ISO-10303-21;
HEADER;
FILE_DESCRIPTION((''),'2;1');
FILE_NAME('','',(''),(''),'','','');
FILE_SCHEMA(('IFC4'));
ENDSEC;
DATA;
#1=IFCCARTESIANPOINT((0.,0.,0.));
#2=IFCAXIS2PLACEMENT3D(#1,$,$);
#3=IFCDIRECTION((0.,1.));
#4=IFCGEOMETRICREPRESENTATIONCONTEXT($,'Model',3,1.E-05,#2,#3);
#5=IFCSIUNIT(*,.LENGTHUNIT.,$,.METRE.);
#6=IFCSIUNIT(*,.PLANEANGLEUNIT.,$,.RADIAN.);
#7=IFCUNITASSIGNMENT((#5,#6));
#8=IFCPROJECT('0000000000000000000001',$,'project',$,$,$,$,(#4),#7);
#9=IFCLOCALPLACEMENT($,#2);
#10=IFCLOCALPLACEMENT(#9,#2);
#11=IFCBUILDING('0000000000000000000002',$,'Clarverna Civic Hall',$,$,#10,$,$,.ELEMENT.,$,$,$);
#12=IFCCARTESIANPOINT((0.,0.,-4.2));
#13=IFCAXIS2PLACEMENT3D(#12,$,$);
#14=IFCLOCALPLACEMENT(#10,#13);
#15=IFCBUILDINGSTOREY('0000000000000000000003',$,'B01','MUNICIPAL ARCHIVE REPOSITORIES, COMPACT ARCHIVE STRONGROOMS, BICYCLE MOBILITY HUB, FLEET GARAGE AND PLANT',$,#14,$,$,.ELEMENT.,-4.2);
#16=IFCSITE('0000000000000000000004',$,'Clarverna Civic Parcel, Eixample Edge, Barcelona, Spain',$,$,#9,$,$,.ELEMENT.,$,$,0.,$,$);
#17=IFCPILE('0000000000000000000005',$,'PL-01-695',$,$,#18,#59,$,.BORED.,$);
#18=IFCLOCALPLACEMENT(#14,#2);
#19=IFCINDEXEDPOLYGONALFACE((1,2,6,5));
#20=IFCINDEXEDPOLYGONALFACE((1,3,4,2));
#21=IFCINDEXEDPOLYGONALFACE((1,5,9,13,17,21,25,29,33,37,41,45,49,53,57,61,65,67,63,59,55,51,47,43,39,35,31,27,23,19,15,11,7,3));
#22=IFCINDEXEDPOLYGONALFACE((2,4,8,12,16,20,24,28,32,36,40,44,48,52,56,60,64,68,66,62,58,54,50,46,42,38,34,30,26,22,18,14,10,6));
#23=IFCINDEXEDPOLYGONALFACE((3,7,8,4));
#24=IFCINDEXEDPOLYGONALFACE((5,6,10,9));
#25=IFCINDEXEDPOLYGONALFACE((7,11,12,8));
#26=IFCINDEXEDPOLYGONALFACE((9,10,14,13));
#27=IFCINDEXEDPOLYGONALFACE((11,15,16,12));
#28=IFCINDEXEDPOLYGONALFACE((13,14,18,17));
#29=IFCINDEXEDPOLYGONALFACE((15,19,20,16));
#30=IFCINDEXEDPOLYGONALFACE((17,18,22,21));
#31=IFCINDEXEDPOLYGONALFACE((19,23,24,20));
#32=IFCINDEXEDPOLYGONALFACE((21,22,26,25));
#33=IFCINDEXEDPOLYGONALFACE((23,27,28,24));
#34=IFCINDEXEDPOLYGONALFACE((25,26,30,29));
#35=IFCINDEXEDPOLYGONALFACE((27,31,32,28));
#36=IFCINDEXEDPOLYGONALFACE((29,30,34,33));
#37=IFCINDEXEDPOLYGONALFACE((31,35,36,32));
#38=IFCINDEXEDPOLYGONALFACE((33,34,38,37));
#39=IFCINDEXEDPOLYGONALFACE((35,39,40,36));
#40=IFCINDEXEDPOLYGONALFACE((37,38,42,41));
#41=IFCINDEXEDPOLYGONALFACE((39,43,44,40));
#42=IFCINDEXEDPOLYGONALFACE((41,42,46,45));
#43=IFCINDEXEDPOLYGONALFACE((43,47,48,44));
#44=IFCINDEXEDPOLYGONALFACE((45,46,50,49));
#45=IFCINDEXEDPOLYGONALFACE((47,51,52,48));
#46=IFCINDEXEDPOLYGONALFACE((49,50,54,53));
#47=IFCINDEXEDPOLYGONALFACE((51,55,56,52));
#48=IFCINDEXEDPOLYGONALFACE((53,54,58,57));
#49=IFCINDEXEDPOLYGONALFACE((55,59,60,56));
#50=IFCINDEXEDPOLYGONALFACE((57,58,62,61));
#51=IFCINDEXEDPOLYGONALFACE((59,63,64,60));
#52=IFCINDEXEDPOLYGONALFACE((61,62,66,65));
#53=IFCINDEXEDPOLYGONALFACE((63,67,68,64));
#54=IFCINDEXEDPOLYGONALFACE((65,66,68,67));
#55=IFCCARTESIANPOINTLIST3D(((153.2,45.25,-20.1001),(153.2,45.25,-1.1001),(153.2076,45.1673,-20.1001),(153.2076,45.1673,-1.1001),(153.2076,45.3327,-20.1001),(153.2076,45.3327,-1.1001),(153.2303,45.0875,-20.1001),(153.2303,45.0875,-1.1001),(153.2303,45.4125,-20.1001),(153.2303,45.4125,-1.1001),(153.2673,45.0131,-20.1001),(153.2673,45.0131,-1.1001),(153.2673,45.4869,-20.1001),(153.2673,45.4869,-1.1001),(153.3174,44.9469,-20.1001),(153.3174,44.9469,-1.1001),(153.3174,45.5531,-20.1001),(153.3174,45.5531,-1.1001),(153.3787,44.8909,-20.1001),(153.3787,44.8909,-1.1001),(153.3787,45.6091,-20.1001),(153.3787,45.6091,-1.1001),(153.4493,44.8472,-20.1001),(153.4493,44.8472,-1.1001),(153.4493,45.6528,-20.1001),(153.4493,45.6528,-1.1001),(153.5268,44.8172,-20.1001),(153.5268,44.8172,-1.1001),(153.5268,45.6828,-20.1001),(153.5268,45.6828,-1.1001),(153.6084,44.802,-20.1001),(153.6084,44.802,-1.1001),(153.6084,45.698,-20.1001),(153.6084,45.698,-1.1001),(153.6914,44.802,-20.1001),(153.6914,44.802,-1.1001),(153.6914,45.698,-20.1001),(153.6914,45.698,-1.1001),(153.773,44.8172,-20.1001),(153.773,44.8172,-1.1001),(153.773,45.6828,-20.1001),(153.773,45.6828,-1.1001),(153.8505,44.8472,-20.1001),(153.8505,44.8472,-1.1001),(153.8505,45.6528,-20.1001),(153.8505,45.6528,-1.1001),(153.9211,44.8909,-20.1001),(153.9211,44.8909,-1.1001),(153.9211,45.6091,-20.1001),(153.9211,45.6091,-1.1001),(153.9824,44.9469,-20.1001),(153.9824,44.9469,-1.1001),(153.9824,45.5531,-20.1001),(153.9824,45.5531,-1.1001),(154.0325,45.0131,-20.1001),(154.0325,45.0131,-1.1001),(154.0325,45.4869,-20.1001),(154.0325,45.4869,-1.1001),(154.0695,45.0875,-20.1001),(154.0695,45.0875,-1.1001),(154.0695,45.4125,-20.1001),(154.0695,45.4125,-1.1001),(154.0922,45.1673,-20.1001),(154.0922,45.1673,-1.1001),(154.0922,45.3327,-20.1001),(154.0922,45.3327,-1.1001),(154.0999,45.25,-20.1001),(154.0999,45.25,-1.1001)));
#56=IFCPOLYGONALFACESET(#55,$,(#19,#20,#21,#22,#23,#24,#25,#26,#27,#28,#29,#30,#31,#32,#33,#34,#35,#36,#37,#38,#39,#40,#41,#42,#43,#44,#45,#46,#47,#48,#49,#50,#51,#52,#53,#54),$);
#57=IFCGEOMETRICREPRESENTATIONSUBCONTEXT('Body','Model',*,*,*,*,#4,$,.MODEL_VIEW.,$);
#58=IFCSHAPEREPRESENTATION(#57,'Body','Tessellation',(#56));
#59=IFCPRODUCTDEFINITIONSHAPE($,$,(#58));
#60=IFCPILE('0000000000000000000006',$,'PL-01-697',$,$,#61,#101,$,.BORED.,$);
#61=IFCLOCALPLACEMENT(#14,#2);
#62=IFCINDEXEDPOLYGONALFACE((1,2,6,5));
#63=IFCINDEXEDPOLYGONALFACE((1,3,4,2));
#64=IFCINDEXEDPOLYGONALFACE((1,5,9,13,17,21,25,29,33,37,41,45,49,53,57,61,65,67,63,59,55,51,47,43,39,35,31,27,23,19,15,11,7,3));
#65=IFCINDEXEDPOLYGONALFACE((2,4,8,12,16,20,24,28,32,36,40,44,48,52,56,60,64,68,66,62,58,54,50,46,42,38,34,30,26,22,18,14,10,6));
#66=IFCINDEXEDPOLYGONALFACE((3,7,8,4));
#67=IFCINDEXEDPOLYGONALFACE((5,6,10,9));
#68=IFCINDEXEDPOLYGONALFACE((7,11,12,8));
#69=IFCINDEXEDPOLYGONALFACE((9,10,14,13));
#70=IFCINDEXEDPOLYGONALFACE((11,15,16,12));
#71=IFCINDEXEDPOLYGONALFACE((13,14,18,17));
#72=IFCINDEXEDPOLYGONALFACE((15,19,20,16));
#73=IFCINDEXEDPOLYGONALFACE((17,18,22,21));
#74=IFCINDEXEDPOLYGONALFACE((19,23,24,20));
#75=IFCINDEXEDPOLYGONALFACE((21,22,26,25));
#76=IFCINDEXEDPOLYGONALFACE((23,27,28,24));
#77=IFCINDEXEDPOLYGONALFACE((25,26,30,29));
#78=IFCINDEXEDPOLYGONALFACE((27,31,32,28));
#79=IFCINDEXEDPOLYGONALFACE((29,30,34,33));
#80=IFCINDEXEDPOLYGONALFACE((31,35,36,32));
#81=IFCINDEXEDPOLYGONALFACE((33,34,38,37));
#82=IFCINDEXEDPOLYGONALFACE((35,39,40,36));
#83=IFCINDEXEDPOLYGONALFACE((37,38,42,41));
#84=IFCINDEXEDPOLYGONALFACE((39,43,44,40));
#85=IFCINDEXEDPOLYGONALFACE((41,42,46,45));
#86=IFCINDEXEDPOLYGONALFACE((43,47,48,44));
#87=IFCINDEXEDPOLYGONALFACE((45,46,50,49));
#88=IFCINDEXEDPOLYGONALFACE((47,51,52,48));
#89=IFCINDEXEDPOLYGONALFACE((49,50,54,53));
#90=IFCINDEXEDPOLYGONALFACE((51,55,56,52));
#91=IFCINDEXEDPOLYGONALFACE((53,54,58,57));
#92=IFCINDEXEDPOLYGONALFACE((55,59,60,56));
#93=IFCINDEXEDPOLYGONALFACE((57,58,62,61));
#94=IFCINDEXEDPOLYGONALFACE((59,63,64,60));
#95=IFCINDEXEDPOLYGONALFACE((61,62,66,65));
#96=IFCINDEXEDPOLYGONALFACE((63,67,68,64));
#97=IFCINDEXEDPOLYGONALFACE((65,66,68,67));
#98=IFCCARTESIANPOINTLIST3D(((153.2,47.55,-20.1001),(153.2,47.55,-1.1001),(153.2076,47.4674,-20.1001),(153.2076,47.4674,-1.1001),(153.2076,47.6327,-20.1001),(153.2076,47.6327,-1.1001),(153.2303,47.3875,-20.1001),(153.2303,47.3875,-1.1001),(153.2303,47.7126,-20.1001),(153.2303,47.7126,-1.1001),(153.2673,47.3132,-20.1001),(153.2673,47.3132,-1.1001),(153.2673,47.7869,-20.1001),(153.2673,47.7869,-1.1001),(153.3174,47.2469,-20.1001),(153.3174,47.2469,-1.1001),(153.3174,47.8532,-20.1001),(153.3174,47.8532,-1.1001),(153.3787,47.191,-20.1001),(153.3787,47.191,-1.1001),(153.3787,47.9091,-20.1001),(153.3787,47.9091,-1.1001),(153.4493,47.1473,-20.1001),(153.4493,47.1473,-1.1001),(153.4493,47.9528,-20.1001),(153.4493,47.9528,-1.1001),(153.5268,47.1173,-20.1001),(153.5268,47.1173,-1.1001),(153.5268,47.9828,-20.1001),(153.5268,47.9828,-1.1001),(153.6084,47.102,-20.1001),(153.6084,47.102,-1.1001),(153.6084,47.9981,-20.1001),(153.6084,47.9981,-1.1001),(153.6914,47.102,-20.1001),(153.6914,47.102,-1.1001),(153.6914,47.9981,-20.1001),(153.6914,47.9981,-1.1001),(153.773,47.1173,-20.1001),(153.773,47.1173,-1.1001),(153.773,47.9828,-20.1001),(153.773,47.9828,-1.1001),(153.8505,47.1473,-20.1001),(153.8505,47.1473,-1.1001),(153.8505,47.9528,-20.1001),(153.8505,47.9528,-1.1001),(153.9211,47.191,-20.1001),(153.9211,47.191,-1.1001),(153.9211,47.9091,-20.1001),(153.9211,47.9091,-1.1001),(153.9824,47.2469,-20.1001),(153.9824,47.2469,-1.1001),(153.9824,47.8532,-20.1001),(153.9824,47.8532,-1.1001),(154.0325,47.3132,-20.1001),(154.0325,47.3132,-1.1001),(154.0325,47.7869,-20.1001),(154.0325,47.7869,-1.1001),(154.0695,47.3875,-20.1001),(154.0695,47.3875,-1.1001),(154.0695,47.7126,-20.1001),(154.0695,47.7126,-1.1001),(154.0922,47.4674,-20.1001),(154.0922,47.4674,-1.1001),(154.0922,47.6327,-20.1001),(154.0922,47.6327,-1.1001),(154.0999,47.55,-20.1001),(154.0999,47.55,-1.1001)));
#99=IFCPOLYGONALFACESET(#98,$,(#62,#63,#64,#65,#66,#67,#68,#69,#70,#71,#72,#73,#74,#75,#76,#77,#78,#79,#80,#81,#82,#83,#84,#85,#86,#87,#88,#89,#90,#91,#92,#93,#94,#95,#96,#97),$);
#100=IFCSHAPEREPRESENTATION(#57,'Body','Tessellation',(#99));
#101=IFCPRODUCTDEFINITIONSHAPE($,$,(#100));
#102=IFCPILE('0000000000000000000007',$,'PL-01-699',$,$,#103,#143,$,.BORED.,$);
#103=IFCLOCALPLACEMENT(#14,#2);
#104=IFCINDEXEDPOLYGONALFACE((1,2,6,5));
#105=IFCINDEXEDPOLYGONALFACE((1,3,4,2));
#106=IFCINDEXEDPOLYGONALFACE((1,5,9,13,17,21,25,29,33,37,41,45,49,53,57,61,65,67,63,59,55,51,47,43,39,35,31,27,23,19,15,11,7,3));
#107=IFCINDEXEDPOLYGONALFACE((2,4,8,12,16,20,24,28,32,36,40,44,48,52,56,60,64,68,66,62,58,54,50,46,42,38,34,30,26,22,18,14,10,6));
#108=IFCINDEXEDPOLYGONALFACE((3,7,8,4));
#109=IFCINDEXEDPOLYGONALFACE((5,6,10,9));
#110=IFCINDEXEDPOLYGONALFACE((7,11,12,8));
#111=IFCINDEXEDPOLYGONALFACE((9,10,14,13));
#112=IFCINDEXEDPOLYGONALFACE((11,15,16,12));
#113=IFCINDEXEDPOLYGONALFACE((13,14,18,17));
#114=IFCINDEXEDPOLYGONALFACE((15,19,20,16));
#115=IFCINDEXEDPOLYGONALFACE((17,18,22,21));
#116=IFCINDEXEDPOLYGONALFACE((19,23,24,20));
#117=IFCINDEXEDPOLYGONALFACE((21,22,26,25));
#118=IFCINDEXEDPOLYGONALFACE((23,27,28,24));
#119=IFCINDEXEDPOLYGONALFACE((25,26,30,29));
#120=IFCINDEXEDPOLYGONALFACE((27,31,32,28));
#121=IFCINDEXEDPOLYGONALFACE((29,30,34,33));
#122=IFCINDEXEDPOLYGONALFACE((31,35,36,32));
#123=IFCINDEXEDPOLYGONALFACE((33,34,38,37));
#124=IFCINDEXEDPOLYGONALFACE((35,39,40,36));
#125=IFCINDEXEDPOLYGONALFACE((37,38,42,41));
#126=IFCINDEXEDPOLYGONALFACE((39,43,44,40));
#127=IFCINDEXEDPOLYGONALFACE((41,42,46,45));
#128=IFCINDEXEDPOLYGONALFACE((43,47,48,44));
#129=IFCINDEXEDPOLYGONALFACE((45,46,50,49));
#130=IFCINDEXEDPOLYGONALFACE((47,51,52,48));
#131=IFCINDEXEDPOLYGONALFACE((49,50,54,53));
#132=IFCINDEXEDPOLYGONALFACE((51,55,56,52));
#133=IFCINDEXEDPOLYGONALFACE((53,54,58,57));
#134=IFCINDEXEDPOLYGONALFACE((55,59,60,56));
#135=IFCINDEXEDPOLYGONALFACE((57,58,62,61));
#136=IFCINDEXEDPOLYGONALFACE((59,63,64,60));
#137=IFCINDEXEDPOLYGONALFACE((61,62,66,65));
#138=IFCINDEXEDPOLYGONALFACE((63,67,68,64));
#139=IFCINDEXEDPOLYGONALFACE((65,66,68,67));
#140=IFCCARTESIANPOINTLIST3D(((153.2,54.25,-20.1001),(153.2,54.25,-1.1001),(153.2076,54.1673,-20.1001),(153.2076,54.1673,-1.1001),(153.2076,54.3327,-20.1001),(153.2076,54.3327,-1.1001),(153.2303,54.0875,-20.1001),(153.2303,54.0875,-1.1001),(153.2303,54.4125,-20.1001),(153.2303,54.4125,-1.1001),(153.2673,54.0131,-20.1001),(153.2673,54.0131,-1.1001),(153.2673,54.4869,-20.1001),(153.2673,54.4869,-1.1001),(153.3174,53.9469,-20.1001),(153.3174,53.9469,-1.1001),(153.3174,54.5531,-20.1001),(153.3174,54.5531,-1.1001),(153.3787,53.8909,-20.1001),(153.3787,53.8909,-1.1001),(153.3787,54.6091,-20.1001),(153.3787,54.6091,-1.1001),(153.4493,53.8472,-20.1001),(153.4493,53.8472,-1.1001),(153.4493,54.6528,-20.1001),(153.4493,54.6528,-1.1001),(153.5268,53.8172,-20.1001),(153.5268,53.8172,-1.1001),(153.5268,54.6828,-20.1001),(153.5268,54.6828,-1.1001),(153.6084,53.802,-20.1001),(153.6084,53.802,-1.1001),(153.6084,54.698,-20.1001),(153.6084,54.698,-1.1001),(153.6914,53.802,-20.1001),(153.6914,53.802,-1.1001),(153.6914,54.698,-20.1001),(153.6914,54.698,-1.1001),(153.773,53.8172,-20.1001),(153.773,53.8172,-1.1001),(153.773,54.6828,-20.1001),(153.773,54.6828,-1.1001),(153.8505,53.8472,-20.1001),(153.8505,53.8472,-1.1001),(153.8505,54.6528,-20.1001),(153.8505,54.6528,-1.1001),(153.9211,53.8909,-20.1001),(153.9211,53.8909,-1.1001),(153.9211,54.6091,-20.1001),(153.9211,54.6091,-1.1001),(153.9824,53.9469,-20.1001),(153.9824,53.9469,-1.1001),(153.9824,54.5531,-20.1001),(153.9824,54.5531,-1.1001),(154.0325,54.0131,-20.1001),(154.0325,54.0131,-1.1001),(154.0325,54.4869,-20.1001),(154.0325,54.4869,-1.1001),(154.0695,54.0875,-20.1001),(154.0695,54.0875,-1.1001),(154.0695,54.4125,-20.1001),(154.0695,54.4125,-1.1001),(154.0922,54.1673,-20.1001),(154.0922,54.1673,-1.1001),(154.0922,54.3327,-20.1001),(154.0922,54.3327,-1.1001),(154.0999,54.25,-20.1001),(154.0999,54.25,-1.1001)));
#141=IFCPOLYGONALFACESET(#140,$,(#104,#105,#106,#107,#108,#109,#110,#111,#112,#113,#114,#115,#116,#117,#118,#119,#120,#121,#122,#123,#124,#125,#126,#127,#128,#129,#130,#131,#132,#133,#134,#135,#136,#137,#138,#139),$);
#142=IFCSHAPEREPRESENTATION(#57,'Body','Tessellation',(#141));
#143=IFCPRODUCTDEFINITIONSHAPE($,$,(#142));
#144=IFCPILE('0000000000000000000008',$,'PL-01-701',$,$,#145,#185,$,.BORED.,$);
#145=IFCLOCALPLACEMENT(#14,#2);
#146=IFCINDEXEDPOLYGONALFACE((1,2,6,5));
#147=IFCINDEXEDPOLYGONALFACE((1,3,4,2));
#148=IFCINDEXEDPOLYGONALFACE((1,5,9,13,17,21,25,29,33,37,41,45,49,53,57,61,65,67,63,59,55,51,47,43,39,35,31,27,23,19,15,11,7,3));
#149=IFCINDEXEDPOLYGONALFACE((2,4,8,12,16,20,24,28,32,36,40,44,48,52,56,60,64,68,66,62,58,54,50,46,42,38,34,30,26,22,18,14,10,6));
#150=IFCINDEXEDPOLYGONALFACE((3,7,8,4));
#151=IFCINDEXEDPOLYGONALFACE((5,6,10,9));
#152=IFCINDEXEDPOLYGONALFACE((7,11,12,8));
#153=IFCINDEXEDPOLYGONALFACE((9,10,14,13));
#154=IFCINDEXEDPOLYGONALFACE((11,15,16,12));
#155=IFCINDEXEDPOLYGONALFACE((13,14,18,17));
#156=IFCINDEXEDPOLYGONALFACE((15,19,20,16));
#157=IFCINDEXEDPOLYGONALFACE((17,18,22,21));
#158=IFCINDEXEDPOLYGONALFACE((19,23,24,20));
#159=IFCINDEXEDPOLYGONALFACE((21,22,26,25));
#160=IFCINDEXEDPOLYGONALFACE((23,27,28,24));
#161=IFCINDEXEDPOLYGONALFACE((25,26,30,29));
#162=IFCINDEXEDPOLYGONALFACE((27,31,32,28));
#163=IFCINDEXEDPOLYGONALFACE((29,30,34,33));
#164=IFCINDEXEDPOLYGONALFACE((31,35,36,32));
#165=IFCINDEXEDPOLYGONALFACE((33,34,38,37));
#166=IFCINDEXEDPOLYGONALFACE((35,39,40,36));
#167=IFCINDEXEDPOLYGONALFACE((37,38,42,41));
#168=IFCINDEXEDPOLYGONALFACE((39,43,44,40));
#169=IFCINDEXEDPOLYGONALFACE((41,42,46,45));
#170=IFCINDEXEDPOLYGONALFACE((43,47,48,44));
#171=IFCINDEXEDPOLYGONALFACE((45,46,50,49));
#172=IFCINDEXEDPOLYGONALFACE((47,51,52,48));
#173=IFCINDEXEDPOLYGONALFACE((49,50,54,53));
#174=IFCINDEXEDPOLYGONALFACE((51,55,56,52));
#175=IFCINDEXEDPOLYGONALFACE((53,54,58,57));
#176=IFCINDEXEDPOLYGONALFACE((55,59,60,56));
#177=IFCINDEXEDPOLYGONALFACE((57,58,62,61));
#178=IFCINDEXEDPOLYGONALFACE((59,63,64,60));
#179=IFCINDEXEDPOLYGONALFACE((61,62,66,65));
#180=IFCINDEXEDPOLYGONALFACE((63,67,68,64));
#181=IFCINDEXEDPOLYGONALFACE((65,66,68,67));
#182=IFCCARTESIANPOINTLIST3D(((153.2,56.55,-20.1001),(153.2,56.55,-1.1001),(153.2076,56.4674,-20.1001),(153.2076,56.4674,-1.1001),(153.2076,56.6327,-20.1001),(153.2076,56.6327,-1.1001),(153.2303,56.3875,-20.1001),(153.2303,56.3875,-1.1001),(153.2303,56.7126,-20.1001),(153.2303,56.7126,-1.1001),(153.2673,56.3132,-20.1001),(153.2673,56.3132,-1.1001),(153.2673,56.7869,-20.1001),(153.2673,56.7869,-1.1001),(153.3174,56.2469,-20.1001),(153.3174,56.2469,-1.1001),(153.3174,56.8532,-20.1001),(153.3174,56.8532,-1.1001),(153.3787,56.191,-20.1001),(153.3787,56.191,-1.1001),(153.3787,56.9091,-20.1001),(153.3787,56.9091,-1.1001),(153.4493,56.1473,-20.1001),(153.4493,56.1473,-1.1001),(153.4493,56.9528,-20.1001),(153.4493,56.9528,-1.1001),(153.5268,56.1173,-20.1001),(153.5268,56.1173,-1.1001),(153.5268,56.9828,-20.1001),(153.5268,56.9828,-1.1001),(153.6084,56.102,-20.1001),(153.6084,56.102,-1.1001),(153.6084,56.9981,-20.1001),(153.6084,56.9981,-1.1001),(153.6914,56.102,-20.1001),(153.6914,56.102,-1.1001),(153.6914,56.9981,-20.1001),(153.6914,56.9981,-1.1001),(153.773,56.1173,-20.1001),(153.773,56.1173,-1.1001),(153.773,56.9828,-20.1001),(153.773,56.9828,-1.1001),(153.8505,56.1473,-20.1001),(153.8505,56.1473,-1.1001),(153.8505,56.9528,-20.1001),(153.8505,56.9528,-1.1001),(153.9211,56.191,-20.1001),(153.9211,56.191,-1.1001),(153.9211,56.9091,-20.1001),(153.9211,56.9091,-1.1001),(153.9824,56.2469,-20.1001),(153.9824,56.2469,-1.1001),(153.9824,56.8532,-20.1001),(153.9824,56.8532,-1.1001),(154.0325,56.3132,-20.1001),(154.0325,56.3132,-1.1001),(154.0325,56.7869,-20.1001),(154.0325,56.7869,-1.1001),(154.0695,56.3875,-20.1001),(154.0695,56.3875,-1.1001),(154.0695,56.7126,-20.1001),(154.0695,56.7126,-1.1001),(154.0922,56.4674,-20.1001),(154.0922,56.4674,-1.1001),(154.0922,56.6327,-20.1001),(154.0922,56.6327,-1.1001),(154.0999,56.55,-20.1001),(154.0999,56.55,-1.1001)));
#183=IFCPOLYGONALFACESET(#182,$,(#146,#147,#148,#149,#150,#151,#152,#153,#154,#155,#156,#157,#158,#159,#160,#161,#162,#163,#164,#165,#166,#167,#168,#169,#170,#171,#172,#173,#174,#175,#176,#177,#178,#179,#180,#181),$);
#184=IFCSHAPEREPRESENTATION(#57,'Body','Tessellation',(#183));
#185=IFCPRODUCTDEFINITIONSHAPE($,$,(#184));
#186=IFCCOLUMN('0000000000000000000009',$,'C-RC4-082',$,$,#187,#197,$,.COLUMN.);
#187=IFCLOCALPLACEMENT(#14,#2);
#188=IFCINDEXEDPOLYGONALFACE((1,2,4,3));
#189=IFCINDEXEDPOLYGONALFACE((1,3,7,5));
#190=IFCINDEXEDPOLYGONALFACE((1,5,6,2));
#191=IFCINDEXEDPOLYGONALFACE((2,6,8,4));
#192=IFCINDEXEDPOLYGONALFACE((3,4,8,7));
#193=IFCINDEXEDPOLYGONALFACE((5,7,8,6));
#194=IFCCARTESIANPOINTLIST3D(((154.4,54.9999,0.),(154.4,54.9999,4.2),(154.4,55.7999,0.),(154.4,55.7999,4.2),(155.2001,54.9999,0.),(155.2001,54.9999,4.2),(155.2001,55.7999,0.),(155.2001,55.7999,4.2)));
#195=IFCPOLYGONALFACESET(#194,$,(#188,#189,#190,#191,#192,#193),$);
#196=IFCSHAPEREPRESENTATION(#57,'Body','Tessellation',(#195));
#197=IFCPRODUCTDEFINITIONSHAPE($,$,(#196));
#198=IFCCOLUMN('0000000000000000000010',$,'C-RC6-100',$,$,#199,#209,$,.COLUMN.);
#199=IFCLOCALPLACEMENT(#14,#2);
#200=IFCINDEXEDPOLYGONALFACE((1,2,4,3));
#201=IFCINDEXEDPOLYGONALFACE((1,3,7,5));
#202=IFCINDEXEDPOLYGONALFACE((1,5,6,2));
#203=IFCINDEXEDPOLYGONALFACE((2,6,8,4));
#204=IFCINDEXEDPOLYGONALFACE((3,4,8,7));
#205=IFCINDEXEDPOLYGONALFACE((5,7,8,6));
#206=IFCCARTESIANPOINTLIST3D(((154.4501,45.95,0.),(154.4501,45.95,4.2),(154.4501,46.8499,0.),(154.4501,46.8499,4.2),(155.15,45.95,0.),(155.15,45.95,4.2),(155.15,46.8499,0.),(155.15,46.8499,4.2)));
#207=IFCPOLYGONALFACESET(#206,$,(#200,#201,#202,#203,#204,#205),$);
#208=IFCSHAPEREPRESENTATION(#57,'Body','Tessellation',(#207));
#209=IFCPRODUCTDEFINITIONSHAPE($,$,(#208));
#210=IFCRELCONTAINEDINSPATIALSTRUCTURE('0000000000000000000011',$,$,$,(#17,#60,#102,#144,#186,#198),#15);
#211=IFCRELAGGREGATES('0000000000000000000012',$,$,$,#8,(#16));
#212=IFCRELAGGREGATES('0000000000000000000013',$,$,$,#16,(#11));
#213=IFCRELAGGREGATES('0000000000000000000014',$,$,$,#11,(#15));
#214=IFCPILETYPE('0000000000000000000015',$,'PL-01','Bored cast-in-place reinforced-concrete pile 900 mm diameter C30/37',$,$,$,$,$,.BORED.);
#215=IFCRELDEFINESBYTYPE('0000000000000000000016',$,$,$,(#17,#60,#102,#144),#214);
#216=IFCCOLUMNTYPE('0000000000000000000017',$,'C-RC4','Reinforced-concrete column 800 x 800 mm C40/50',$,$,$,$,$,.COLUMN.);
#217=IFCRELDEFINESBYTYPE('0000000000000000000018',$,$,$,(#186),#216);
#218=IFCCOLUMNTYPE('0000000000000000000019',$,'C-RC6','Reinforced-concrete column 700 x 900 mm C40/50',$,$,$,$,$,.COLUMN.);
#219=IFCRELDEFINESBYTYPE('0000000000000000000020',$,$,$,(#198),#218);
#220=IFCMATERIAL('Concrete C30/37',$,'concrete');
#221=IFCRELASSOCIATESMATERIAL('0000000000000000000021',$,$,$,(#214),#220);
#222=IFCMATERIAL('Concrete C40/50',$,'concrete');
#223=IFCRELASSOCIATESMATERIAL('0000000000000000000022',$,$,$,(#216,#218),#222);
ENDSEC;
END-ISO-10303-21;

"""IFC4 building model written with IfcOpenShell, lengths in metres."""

from ifc_helpers import new_model, si_unit, direction, frame, origin, origin_2d, place, context, subcontext, project, spatial, rectangle, circle, extrude, material, material_profile, profile_set, type_object, element, save


model = new_model("IFC4")

# Units and contexts
model_context = context("Model", 3, precision=1e-05, world=origin(), true_north=direction((0.0, 1.0)))
body_context = subcontext(model_context, "Body", "Model", "MODEL_VIEW")
ifc_project = project(units=[si_unit("LENGTHUNIT", "METRE"), si_unit("PLANEANGLEUNIT", "RADIAN")], contexts=[model_context])

# Site, building, storey
site_placement = place(None, origin())
site = spatial("IfcSite", under=ifc_project, at=site_placement, Name="Clarverna Civic Parcel, Eixample Edge, Barcelona, Spain", CompositionType="ELEMENT", RefElevation=0.0)
building_placement = place(site_placement, origin())
building = spatial("IfcBuilding", under=site, at=building_placement, Name="Clarverna Civic Hall", CompositionType="ELEMENT")
storey_placement = place(building_placement, frame((0.0, 0.0, -4.2)))
storey = spatial("IfcBuildingStorey", under=building, at=storey_placement, Name="B01", Description="MUNICIPAL ARCHIVE REPOSITORIES, COMPACT ARCHIVE STRONGROOMS, BICYCLE MOBILITY HUB, FLEET GARAGE AND PLANT", CompositionType="ELEMENT", Elevation=-4.2)

# Shared definitions
ifc_material_1 = material(Name="Concrete C30/37", Category="concrete")

# Piles
ifc_material_profile_1 = material_profile(ifc_material_1, circle(Radius=0.45, at=origin_2d()), Name="BORED PILE D900")
ifc_profile_set_1 = profile_set([ifc_material_profile_1], Name="Concrete C30/37")
pile_type = type_object("IfcPileType", Name="PL-01", Description="Bored cast-in-place reinforced-concrete pile 900 mm diameter C30/37", PredefinedType="BORED", material=ifc_profile_set_1)
for number, where, z_axis, x_axis, name in (
    (1, (153.6499, 45.25, -1.1001), (0.0, 0.0, -1.0), (1.0, 0.0, 0.0), "PL-01-695"),
    (2, (153.6499, 47.55, -1.1001), (0.0, 0.0, -1.0), (1.0, 0.0, 0.0), "PL-01-697"),
    (3, (153.6499, 54.25, -1.1001), (0.0, 0.0, -1.0), (1.0, 0.0, 0.0), "PL-01-699"),
    (4, (153.6499, 56.55, -1.1001), (0.0, 0.0, -1.0), (1.0, 0.0, 0.0), "PL-01-701"),
):
    element("IfcPile", number, at=place(storey_placement, frame(where, z_axis=z_axis, x_axis=x_axis)), inside=storey, type_object=pile_type, Name=name, PredefinedType="BORED", context=body_context, shape_type="SweptSolid", body=[
        extrude(circle(Radius=0.45, at=origin_2d()), origin(), (0.0, 0.0, 1.0), 19.0),
    ])

# Columns
ifc_material_2 = material(Name="Concrete C40/50", Category="concrete")
ifc_material_profile_2 = material_profile(ifc_material_2, rectangle(XDim=0.8, YDim=0.8, at=origin_2d()), Name="RC 800x800")
ifc_profile_set_2 = profile_set([ifc_material_profile_2], Name="Concrete C40/50")
column_type_1 = type_object("IfcColumnType", Name="C-RC4", Description="Reinforced-concrete column 800 x 800 mm C40/50", PredefinedType="COLUMN", material=ifc_profile_set_2)
column_1_placement = place(storey_placement, frame((154.8, 55.3999, 0.0), z_axis=(0.0, 0.0, 1.0), x_axis=(1.0, 0.0, 0.0)))
element("IfcColumn", 5, at=column_1_placement, inside=storey, type_object=column_type_1, Name="C-RC4-082", PredefinedType="COLUMN", context=body_context, shape_type="SweptSolid", body=[
    extrude(rectangle(XDim=0.8, YDim=0.8, at=origin_2d()), origin(), (0.0, 0.0, 1.0), 4.2),
])
ifc_material_profile_3 = material_profile(ifc_material_2, rectangle(XDim=0.7, YDim=0.8999, at=origin_2d()), Name="RC 700x900")
ifc_profile_set_3 = profile_set([ifc_material_profile_3], Name="Concrete C40/50")
column_type_2 = type_object("IfcColumnType", Name="C-RC6", Description="Reinforced-concrete column 700 x 900 mm C40/50", PredefinedType="COLUMN", material=ifc_profile_set_3)
column_2_placement = place(storey_placement, frame((154.8, 46.3999, 0.0), z_axis=(0.0, 0.0, 1.0), x_axis=(1.0, 0.0, 0.0)))
element("IfcColumn", 6, at=column_2_placement, inside=storey, type_object=column_type_2, Name="C-RC6-100", PredefinedType="COLUMN", context=body_context, shape_type="SweptSolid", body=[
    extrude(rectangle(XDim=0.7, YDim=0.8999, at=origin_2d()), origin(), (0.0, 0.0, 1.0), 4.2),
])

save(model, "model.ifc")
